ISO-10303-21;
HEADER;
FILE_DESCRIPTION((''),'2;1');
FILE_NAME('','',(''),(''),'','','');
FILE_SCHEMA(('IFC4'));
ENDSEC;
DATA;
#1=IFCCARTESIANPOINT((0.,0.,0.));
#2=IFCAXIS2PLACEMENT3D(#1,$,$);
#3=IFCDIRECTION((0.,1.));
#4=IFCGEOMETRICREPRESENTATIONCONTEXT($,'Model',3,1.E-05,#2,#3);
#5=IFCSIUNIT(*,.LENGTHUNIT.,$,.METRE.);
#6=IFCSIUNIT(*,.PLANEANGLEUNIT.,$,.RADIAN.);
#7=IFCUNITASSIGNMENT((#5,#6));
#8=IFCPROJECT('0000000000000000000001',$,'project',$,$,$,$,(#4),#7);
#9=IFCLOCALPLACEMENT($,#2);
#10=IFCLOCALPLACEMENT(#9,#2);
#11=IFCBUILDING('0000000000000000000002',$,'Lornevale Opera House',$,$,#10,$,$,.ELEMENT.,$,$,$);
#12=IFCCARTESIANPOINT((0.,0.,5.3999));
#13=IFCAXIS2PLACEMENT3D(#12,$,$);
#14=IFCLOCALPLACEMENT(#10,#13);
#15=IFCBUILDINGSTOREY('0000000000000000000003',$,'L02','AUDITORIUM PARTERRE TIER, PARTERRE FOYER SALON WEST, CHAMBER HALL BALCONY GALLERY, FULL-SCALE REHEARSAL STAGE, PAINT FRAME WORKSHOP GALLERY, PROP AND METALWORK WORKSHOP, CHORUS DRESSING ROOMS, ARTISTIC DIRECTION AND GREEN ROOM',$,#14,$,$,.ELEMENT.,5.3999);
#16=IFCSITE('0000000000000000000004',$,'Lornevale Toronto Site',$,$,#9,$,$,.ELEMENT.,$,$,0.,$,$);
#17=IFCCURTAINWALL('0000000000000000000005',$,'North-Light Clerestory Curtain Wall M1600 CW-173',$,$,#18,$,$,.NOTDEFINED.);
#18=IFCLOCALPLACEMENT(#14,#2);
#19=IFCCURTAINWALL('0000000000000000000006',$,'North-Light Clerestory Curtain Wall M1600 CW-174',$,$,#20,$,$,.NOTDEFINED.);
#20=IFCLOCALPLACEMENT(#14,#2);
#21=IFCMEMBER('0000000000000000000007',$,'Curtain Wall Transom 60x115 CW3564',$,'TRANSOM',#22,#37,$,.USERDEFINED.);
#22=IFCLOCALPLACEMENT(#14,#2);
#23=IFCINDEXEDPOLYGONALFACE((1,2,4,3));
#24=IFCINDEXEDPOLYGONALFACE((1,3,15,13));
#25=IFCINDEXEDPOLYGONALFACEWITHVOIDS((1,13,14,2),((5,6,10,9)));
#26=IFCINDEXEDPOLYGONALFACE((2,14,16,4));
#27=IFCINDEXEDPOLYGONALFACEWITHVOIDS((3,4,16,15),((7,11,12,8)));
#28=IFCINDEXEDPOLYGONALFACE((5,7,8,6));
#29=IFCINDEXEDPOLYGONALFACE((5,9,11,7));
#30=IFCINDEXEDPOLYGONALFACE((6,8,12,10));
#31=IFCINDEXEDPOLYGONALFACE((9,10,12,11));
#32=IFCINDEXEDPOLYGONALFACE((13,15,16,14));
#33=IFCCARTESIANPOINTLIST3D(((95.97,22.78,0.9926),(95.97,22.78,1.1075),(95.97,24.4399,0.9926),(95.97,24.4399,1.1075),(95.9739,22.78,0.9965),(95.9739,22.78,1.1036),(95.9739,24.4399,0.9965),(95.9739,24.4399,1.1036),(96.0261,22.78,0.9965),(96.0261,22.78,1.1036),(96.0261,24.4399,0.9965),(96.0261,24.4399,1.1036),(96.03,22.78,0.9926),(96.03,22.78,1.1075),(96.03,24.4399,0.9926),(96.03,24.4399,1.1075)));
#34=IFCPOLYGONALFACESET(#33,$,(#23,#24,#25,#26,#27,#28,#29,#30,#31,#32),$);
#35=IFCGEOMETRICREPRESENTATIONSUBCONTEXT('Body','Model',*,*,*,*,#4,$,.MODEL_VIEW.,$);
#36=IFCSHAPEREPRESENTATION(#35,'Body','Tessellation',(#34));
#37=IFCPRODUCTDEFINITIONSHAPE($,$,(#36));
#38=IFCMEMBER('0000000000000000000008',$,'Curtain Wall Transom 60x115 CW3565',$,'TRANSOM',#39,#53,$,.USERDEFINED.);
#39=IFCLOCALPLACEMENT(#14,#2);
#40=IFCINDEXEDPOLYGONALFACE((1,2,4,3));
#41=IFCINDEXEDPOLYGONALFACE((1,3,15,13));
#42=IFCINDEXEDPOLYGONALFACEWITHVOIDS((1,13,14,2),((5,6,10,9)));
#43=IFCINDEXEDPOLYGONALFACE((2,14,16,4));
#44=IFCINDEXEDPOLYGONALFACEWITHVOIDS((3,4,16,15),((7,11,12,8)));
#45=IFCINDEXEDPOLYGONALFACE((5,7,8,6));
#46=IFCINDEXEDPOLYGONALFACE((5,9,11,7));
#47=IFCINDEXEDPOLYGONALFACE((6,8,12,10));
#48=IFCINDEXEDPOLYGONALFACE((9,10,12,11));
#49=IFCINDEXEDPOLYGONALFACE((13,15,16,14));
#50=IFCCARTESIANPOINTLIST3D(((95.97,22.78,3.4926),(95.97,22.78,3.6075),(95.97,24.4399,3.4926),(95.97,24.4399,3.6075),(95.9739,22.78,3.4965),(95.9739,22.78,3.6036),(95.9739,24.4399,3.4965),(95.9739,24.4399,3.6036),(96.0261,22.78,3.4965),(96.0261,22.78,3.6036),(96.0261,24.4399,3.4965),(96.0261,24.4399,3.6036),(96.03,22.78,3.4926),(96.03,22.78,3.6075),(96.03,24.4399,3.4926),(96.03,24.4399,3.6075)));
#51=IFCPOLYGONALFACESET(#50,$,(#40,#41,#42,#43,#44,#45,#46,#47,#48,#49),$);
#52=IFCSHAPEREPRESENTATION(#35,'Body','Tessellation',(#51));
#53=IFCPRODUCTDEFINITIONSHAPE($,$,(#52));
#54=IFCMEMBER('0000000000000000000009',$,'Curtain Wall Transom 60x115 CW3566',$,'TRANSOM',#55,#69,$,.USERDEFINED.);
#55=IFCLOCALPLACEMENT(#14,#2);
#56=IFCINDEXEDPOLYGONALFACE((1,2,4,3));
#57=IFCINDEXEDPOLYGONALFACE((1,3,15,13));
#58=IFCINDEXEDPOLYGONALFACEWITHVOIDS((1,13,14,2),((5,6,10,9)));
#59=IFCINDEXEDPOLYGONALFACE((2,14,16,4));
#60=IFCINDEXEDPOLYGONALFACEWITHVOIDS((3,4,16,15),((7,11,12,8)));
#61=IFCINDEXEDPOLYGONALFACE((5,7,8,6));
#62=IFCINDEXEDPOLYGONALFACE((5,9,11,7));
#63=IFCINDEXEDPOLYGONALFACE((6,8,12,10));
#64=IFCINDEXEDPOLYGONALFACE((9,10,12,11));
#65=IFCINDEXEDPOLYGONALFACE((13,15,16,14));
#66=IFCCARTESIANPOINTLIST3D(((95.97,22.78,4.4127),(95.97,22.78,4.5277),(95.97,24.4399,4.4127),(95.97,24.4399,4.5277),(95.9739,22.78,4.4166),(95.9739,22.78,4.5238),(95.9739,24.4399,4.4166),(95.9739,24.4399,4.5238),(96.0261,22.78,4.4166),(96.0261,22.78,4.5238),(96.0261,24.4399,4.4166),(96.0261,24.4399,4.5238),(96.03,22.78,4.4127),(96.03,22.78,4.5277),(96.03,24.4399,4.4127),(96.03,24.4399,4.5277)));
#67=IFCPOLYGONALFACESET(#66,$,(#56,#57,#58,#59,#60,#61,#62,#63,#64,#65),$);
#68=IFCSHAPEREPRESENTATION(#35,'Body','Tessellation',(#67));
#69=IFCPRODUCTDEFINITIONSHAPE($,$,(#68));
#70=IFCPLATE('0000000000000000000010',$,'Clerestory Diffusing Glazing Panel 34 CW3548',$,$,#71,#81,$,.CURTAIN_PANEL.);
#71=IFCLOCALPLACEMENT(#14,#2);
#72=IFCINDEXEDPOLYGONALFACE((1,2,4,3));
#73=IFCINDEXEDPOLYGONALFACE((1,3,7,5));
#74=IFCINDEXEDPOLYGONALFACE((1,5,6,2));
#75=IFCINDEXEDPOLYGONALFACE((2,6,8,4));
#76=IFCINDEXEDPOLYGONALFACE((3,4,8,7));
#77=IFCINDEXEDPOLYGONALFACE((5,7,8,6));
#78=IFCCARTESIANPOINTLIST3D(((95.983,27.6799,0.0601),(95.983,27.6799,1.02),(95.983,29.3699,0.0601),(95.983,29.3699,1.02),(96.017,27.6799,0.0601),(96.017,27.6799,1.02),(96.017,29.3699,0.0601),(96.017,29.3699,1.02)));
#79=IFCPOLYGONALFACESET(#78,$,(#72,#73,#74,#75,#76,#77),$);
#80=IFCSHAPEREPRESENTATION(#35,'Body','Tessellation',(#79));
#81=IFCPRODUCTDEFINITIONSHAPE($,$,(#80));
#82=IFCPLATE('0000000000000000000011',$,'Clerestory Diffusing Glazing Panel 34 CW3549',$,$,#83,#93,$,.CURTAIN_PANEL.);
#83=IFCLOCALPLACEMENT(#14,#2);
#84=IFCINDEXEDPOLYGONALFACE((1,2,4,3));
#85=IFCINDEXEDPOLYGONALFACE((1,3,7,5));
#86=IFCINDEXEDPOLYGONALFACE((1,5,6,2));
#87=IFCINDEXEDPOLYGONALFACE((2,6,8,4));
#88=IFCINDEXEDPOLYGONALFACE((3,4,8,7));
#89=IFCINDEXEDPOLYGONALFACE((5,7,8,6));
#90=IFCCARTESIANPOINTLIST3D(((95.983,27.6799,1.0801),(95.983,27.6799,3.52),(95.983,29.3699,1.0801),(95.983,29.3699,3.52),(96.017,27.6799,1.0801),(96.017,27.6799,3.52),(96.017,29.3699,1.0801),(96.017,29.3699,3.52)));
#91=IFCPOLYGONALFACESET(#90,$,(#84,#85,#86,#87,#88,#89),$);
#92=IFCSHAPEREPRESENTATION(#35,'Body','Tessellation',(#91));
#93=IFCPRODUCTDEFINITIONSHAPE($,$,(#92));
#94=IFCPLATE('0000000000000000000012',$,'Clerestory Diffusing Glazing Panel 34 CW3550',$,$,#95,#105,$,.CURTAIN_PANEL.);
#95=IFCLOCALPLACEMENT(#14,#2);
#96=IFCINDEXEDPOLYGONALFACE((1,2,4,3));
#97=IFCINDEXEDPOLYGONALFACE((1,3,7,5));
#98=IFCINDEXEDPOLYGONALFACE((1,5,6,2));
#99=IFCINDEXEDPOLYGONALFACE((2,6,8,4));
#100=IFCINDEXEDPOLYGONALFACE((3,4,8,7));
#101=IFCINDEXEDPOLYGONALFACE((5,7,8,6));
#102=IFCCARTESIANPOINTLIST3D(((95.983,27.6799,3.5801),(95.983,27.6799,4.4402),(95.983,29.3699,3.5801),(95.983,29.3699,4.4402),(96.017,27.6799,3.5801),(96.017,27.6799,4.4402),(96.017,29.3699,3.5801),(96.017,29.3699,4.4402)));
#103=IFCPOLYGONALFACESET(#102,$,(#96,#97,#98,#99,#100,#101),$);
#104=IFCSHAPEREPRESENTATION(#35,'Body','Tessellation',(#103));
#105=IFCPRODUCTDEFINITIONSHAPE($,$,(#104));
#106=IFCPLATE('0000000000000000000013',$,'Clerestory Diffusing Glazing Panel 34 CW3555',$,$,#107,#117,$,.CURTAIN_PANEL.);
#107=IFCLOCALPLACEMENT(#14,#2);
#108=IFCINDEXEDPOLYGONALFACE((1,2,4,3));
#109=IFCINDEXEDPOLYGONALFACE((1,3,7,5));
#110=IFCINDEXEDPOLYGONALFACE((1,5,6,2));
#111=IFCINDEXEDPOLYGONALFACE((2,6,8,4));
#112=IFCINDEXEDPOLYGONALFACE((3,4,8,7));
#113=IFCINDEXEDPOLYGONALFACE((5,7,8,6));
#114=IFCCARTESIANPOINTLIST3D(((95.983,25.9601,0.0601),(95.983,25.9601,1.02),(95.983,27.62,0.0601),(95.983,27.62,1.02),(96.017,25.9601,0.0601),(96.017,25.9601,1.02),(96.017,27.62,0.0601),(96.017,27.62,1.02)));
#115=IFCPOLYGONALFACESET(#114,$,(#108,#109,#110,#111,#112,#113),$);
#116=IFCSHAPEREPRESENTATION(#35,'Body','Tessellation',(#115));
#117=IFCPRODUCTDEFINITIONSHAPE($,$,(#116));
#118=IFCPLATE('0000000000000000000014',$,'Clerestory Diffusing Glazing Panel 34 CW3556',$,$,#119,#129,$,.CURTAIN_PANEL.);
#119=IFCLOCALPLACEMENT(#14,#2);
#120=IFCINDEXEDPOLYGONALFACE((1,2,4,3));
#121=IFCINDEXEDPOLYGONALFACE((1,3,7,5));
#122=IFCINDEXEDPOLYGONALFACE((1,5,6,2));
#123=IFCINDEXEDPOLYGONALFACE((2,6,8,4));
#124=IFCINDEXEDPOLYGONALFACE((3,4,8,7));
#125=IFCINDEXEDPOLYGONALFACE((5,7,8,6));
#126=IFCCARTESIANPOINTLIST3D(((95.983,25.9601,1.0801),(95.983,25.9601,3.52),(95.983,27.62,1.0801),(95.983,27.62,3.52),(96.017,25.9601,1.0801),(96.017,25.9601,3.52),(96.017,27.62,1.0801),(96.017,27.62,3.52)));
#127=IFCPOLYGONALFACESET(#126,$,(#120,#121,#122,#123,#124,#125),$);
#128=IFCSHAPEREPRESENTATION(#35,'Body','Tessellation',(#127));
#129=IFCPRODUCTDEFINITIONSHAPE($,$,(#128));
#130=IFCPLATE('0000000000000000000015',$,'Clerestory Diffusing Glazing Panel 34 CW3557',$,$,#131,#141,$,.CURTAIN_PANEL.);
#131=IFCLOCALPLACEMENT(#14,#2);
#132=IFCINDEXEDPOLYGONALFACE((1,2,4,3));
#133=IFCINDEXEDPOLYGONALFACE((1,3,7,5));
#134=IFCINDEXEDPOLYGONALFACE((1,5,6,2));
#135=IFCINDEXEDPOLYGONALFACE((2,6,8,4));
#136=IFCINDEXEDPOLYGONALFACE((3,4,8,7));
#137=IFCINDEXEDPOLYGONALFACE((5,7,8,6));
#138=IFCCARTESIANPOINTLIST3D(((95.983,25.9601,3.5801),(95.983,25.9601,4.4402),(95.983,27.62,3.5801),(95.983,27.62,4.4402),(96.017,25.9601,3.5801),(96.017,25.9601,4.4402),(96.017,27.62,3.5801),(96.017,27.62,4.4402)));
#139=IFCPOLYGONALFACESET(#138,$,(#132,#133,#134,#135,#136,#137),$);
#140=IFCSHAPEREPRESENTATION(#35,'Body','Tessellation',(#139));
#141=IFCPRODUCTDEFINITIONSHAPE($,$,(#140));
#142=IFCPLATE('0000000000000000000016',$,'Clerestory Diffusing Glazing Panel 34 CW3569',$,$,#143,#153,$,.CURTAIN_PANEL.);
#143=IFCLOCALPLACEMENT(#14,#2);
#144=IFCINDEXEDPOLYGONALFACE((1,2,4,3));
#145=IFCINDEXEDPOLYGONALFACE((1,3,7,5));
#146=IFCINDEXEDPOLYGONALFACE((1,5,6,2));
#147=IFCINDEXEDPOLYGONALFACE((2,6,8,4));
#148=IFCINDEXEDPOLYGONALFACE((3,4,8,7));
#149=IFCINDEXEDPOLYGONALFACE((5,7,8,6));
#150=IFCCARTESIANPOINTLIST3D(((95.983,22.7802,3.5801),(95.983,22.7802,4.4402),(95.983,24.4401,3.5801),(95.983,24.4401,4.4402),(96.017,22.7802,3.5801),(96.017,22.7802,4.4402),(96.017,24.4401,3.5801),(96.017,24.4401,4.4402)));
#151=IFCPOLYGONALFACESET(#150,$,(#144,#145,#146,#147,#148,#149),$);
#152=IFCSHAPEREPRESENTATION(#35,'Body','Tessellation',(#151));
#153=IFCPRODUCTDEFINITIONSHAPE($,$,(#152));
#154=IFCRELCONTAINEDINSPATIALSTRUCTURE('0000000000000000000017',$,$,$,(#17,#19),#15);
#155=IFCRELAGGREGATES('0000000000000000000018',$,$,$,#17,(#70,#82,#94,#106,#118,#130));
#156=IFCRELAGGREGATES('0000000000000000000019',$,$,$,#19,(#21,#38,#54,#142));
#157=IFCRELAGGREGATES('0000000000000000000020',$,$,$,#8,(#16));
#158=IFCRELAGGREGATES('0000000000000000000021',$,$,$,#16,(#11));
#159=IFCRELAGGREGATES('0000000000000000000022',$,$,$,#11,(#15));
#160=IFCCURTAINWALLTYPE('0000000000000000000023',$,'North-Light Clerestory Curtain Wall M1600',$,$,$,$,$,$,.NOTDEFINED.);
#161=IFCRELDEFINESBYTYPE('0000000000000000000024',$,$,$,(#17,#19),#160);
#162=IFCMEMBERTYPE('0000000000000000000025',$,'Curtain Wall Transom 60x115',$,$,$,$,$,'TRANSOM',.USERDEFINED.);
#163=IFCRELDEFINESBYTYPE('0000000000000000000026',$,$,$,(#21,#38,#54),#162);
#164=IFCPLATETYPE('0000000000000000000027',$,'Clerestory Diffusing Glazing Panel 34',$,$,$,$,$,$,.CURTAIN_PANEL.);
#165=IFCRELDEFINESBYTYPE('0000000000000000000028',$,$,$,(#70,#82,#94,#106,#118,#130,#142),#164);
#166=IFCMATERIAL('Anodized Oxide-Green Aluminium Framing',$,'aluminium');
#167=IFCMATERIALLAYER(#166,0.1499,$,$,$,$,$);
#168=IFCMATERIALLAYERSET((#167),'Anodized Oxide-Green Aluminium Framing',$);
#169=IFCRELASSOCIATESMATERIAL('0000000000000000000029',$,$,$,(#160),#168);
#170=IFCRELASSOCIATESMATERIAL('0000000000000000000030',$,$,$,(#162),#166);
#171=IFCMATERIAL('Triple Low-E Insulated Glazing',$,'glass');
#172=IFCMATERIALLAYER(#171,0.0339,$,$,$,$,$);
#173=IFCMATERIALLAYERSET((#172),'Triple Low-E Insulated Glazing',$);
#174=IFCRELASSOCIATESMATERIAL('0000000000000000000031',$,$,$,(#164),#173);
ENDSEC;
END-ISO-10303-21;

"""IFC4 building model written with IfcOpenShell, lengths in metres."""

from ifc_helpers import new_model, si_unit, direction, frame, origin, origin_2d, place, context, subcontext, project, spatial, rectangle, hollow_rectangle, extrude, material, layer, layer_set, material_profile, profile_set, type_object, element, aggregate, save


model = new_model("IFC4")

# Units and contexts
model_context = context("Model", 3, precision=1e-05, world=origin(), true_north=direction((0.0, 1.0)))
body_context = subcontext(model_context, "Body", "Model", "MODEL_VIEW")
ifc_project = project(units=[si_unit("LENGTHUNIT", "METRE"), si_unit("PLANEANGLEUNIT", "RADIAN")], contexts=[model_context])

# Site, building, storey
site_placement = place(None, origin())
site = spatial("IfcSite", under=ifc_project, at=site_placement, Name="Lornevale Toronto Site", CompositionType="ELEMENT", RefElevation=0.0)
building_placement = place(site_placement, origin())
building = spatial("IfcBuilding", under=site, at=building_placement, Name="Lornevale Opera House", CompositionType="ELEMENT")
storey_placement = place(building_placement, frame((0.0, 0.0, 5.3999)))
storey = spatial("IfcBuildingStorey", under=building, at=storey_placement, Name="L02", Description="AUDITORIUM PARTERRE TIER, PARTERRE FOYER SALON WEST, CHAMBER HALL BALCONY GALLERY, FULL-SCALE REHEARSAL STAGE, PAINT FRAME WORKSHOP GALLERY, PROP AND METALWORK WORKSHOP, CHORUS DRESSING ROOMS, ARTISTIC DIRECTION AND GREEN ROOM", CompositionType="ELEMENT", Elevation=5.3999)

# Curtain wall
ifc_material_1 = material(Name="Anodized Oxide-Green Aluminium Framing", Category="aluminium")
ifc_layer_1 = layer(ifc_material_1, 0.1499)
ifc_layer_set_1 = layer_set([ifc_layer_1], Name="Anodized Oxide-Green Aluminium Framing")
curtain_wall_type = type_object("IfcCurtainWallType", Name="North-Light Clerestory Curtain Wall M1600", PredefinedType="NOTDEFINED", material=ifc_layer_set_1)
curtain_wall_1_placement = place(storey_placement, origin())
curtain_wall_1 = element("IfcCurtainWall", 1, at=curtain_wall_1_placement, inside=storey, type_object=curtain_wall_type, Name="North-Light Clerestory Curtain Wall M1600 CW-173", PredefinedType="NOTDEFINED")

# Curtain wall
curtain_wall_2_placement = place(storey_placement, origin())
curtain_wall_2 = element("IfcCurtainWall", 2, at=curtain_wall_2_placement, inside=storey, type_object=curtain_wall_type, Name="North-Light Clerestory Curtain Wall M1600 CW-174", PredefinedType="NOTDEFINED")

# Members
ifc_material_profile_1 = material_profile(ifc_material_1, hollow_rectangle(XDim=0.0601, YDim=0.115, WallThickness=0.0039, at=origin_2d()), Name="ALU60x115x4")
ifc_profile_set_1 = profile_set([ifc_material_profile_1], Name="Anodized Oxide-Green Aluminium Framing")
member_type_1 = type_object("IfcMemberType", Name="Curtain Wall Transom 60x115", ElementType="TRANSOM", PredefinedType="USERDEFINED", material=ifc_profile_set_1)
member_1_placement = place(storey_placement, frame((96.0, 24.4399, 1.05), z_axis=(0.0, -1.0, 0.0), x_axis=(1.0, 0.0, 0.0)))
member_1 = element("IfcMember", 3, at=member_1_placement, type_object=member_type_1, Name="Curtain Wall Transom 60x115 CW3564", ObjectType="TRANSOM", PredefinedType="USERDEFINED", context=body_context, shape_type="SweptSolid", body=[
    extrude(hollow_rectangle(XDim=0.0601, YDim=0.115, WallThickness=0.0039, at=origin_2d()), origin(), (0.0, 0.0, 1.0), 1.6599),
])
member_2_placement = place(storey_placement, frame((96.0, 24.4399, 3.55), z_axis=(0.0, -1.0, 0.0), x_axis=(1.0, 0.0, 0.0)))
member_2 = element("IfcMember", 4, at=member_2_placement, type_object=member_type_1, Name="Curtain Wall Transom 60x115 CW3565", ObjectType="TRANSOM", PredefinedType="USERDEFINED", context=body_context, shape_type="SweptSolid", body=[
    extrude(hollow_rectangle(XDim=0.0601, YDim=0.115, WallThickness=0.0039, at=origin_2d()), origin(), (0.0, 0.0, 1.0), 1.6599),
])
member_3_placement = place(storey_placement, frame((96.0, 24.4399, 4.4702), z_axis=(0.0, -1.0, 0.0), x_axis=(1.0, 0.0, 0.0)))
member_3 = element("IfcMember", 5, at=member_3_placement, type_object=member_type_1, Name="Curtain Wall Transom 60x115 CW3566", ObjectType="TRANSOM", PredefinedType="USERDEFINED", context=body_context, shape_type="SweptSolid", body=[
    extrude(hollow_rectangle(XDim=0.0601, YDim=0.115, WallThickness=0.0039, at=origin_2d()), origin(), (0.0, 0.0, 1.0), 1.6599),
])

# Plates
ifc_material_2 = material(Name="Triple Low-E Insulated Glazing", Category="glass")
ifc_layer_2 = layer(ifc_material_2, 0.0339)
ifc_layer_set_2 = layer_set([ifc_layer_2], Name="Triple Low-E Insulated Glazing")
plate_type = type_object("IfcPlateType", Name="Clerestory Diffusing Glazing Panel 34", PredefinedType="CURTAIN_PANEL", material=ifc_layer_set_2)
plate_1_placement = place(storey_placement, frame((96.0, 28.5249, 0.0601), z_axis=(0.0, 0.0, 1.0), x_axis=(0.0, -1.0, 0.0)))
plate_1 = element("IfcPlate", 6, at=plate_1_placement, type_object=plate_type, Name="Clerestory Diffusing Glazing Panel 34 CW3548", PredefinedType="CURTAIN_PANEL", context=body_context, shape_type="SweptSolid", body=[
    extrude(rectangle(XDim=1.6899, YDim=0.0339, at=origin_2d()), origin(), (0.0, 0.0, 1.0), 0.96),
])
plate_2_placement = place(storey_placement, frame((96.0, 28.5249, 1.0801), z_axis=(0.0, 0.0, 1.0), x_axis=(0.0, -1.0, 0.0)))
plate_2 = element("IfcPlate", 7, at=plate_2_placement, type_object=plate_type, Name="Clerestory Diffusing Glazing Panel 34 CW3549", PredefinedType="CURTAIN_PANEL", context=body_context, shape_type="SweptSolid", body=[
    extrude(rectangle(XDim=1.6899, YDim=0.0339, at=origin_2d()), origin(), (0.0, 0.0, 1.0), 2.4399),
])
plate_3_placement = place(storey_placement, frame((96.0, 28.5249, 3.5801), z_axis=(0.0, 0.0, 1.0), x_axis=(0.0, -1.0, 0.0)))
plate_3 = element("IfcPlate", 8, at=plate_3_placement, type_object=plate_type, Name="Clerestory Diffusing Glazing Panel 34 CW3550", PredefinedType="CURTAIN_PANEL", context=body_context, shape_type="SweptSolid", body=[
    extrude(rectangle(XDim=1.6899, YDim=0.0339, at=origin_2d()), origin(), (0.0, 0.0, 1.0), 0.8601),
])
plate_4_placement = place(storey_placement, frame((96.0, 26.79, 0.0601), z_axis=(0.0, 0.0, 1.0), x_axis=(0.0, -1.0, 0.0)))
plate_4 = element("IfcPlate", 9, at=plate_4_placement, type_object=plate_type, Name="Clerestory Diffusing Glazing Panel 34 CW3555", PredefinedType="CURTAIN_PANEL", context=body_context, shape_type="SweptSolid", body=[
    extrude(rectangle(XDim=1.6599, YDim=0.0339, at=origin_2d()), origin(), (0.0, 0.0, 1.0), 0.96),
])
plate_5_placement = place(storey_placement, frame((96.0, 26.79, 1.0801), z_axis=(0.0, 0.0, 1.0), x_axis=(0.0, -1.0, 0.0)))
plate_5 = element("IfcPlate", 10, at=plate_5_placement, type_object=plate_type, Name="Clerestory Diffusing Glazing Panel 34 CW3556", PredefinedType="CURTAIN_PANEL", context=body_context, shape_type="SweptSolid", body=[
    extrude(rectangle(XDim=1.6599, YDim=0.0339, at=origin_2d()), origin(), (0.0, 0.0, 1.0), 2.4399),
])
plate_6_placement = place(storey_placement, frame((96.0, 26.79, 3.5801), z_axis=(0.0, 0.0, 1.0), x_axis=(0.0, -1.0, 0.0)))
plate_6 = element("IfcPlate", 11, at=plate_6_placement, type_object=plate_type, Name="Clerestory Diffusing Glazing Panel 34 CW3557", PredefinedType="CURTAIN_PANEL", context=body_context, shape_type="SweptSolid", body=[
    extrude(rectangle(XDim=1.6599, YDim=0.0339, at=origin_2d()), origin(), (0.0, 0.0, 1.0), 0.8601),
])
aggregate(curtain_wall_1, [plate_1, plate_2, plate_3, plate_4, plate_5, plate_6])
plate_7_placement = place(storey_placement, frame((96.0, 23.6101, 3.5801), z_axis=(0.0, 0.0, 1.0), x_axis=(0.0, -1.0, 0.0)))
plate_7 = element("IfcPlate", 12, at=plate_7_placement, type_object=plate_type, Name="Clerestory Diffusing Glazing Panel 34 CW3569", PredefinedType="CURTAIN_PANEL", context=body_context, shape_type="SweptSolid", body=[
    extrude(rectangle(XDim=1.6599, YDim=0.0339, at=origin_2d()), origin(), (0.0, 0.0, 1.0), 0.8601),
])
aggregate(curtain_wall_2, [member_1, member_2, member_3, plate_7])

save(model, "model.ifc")
